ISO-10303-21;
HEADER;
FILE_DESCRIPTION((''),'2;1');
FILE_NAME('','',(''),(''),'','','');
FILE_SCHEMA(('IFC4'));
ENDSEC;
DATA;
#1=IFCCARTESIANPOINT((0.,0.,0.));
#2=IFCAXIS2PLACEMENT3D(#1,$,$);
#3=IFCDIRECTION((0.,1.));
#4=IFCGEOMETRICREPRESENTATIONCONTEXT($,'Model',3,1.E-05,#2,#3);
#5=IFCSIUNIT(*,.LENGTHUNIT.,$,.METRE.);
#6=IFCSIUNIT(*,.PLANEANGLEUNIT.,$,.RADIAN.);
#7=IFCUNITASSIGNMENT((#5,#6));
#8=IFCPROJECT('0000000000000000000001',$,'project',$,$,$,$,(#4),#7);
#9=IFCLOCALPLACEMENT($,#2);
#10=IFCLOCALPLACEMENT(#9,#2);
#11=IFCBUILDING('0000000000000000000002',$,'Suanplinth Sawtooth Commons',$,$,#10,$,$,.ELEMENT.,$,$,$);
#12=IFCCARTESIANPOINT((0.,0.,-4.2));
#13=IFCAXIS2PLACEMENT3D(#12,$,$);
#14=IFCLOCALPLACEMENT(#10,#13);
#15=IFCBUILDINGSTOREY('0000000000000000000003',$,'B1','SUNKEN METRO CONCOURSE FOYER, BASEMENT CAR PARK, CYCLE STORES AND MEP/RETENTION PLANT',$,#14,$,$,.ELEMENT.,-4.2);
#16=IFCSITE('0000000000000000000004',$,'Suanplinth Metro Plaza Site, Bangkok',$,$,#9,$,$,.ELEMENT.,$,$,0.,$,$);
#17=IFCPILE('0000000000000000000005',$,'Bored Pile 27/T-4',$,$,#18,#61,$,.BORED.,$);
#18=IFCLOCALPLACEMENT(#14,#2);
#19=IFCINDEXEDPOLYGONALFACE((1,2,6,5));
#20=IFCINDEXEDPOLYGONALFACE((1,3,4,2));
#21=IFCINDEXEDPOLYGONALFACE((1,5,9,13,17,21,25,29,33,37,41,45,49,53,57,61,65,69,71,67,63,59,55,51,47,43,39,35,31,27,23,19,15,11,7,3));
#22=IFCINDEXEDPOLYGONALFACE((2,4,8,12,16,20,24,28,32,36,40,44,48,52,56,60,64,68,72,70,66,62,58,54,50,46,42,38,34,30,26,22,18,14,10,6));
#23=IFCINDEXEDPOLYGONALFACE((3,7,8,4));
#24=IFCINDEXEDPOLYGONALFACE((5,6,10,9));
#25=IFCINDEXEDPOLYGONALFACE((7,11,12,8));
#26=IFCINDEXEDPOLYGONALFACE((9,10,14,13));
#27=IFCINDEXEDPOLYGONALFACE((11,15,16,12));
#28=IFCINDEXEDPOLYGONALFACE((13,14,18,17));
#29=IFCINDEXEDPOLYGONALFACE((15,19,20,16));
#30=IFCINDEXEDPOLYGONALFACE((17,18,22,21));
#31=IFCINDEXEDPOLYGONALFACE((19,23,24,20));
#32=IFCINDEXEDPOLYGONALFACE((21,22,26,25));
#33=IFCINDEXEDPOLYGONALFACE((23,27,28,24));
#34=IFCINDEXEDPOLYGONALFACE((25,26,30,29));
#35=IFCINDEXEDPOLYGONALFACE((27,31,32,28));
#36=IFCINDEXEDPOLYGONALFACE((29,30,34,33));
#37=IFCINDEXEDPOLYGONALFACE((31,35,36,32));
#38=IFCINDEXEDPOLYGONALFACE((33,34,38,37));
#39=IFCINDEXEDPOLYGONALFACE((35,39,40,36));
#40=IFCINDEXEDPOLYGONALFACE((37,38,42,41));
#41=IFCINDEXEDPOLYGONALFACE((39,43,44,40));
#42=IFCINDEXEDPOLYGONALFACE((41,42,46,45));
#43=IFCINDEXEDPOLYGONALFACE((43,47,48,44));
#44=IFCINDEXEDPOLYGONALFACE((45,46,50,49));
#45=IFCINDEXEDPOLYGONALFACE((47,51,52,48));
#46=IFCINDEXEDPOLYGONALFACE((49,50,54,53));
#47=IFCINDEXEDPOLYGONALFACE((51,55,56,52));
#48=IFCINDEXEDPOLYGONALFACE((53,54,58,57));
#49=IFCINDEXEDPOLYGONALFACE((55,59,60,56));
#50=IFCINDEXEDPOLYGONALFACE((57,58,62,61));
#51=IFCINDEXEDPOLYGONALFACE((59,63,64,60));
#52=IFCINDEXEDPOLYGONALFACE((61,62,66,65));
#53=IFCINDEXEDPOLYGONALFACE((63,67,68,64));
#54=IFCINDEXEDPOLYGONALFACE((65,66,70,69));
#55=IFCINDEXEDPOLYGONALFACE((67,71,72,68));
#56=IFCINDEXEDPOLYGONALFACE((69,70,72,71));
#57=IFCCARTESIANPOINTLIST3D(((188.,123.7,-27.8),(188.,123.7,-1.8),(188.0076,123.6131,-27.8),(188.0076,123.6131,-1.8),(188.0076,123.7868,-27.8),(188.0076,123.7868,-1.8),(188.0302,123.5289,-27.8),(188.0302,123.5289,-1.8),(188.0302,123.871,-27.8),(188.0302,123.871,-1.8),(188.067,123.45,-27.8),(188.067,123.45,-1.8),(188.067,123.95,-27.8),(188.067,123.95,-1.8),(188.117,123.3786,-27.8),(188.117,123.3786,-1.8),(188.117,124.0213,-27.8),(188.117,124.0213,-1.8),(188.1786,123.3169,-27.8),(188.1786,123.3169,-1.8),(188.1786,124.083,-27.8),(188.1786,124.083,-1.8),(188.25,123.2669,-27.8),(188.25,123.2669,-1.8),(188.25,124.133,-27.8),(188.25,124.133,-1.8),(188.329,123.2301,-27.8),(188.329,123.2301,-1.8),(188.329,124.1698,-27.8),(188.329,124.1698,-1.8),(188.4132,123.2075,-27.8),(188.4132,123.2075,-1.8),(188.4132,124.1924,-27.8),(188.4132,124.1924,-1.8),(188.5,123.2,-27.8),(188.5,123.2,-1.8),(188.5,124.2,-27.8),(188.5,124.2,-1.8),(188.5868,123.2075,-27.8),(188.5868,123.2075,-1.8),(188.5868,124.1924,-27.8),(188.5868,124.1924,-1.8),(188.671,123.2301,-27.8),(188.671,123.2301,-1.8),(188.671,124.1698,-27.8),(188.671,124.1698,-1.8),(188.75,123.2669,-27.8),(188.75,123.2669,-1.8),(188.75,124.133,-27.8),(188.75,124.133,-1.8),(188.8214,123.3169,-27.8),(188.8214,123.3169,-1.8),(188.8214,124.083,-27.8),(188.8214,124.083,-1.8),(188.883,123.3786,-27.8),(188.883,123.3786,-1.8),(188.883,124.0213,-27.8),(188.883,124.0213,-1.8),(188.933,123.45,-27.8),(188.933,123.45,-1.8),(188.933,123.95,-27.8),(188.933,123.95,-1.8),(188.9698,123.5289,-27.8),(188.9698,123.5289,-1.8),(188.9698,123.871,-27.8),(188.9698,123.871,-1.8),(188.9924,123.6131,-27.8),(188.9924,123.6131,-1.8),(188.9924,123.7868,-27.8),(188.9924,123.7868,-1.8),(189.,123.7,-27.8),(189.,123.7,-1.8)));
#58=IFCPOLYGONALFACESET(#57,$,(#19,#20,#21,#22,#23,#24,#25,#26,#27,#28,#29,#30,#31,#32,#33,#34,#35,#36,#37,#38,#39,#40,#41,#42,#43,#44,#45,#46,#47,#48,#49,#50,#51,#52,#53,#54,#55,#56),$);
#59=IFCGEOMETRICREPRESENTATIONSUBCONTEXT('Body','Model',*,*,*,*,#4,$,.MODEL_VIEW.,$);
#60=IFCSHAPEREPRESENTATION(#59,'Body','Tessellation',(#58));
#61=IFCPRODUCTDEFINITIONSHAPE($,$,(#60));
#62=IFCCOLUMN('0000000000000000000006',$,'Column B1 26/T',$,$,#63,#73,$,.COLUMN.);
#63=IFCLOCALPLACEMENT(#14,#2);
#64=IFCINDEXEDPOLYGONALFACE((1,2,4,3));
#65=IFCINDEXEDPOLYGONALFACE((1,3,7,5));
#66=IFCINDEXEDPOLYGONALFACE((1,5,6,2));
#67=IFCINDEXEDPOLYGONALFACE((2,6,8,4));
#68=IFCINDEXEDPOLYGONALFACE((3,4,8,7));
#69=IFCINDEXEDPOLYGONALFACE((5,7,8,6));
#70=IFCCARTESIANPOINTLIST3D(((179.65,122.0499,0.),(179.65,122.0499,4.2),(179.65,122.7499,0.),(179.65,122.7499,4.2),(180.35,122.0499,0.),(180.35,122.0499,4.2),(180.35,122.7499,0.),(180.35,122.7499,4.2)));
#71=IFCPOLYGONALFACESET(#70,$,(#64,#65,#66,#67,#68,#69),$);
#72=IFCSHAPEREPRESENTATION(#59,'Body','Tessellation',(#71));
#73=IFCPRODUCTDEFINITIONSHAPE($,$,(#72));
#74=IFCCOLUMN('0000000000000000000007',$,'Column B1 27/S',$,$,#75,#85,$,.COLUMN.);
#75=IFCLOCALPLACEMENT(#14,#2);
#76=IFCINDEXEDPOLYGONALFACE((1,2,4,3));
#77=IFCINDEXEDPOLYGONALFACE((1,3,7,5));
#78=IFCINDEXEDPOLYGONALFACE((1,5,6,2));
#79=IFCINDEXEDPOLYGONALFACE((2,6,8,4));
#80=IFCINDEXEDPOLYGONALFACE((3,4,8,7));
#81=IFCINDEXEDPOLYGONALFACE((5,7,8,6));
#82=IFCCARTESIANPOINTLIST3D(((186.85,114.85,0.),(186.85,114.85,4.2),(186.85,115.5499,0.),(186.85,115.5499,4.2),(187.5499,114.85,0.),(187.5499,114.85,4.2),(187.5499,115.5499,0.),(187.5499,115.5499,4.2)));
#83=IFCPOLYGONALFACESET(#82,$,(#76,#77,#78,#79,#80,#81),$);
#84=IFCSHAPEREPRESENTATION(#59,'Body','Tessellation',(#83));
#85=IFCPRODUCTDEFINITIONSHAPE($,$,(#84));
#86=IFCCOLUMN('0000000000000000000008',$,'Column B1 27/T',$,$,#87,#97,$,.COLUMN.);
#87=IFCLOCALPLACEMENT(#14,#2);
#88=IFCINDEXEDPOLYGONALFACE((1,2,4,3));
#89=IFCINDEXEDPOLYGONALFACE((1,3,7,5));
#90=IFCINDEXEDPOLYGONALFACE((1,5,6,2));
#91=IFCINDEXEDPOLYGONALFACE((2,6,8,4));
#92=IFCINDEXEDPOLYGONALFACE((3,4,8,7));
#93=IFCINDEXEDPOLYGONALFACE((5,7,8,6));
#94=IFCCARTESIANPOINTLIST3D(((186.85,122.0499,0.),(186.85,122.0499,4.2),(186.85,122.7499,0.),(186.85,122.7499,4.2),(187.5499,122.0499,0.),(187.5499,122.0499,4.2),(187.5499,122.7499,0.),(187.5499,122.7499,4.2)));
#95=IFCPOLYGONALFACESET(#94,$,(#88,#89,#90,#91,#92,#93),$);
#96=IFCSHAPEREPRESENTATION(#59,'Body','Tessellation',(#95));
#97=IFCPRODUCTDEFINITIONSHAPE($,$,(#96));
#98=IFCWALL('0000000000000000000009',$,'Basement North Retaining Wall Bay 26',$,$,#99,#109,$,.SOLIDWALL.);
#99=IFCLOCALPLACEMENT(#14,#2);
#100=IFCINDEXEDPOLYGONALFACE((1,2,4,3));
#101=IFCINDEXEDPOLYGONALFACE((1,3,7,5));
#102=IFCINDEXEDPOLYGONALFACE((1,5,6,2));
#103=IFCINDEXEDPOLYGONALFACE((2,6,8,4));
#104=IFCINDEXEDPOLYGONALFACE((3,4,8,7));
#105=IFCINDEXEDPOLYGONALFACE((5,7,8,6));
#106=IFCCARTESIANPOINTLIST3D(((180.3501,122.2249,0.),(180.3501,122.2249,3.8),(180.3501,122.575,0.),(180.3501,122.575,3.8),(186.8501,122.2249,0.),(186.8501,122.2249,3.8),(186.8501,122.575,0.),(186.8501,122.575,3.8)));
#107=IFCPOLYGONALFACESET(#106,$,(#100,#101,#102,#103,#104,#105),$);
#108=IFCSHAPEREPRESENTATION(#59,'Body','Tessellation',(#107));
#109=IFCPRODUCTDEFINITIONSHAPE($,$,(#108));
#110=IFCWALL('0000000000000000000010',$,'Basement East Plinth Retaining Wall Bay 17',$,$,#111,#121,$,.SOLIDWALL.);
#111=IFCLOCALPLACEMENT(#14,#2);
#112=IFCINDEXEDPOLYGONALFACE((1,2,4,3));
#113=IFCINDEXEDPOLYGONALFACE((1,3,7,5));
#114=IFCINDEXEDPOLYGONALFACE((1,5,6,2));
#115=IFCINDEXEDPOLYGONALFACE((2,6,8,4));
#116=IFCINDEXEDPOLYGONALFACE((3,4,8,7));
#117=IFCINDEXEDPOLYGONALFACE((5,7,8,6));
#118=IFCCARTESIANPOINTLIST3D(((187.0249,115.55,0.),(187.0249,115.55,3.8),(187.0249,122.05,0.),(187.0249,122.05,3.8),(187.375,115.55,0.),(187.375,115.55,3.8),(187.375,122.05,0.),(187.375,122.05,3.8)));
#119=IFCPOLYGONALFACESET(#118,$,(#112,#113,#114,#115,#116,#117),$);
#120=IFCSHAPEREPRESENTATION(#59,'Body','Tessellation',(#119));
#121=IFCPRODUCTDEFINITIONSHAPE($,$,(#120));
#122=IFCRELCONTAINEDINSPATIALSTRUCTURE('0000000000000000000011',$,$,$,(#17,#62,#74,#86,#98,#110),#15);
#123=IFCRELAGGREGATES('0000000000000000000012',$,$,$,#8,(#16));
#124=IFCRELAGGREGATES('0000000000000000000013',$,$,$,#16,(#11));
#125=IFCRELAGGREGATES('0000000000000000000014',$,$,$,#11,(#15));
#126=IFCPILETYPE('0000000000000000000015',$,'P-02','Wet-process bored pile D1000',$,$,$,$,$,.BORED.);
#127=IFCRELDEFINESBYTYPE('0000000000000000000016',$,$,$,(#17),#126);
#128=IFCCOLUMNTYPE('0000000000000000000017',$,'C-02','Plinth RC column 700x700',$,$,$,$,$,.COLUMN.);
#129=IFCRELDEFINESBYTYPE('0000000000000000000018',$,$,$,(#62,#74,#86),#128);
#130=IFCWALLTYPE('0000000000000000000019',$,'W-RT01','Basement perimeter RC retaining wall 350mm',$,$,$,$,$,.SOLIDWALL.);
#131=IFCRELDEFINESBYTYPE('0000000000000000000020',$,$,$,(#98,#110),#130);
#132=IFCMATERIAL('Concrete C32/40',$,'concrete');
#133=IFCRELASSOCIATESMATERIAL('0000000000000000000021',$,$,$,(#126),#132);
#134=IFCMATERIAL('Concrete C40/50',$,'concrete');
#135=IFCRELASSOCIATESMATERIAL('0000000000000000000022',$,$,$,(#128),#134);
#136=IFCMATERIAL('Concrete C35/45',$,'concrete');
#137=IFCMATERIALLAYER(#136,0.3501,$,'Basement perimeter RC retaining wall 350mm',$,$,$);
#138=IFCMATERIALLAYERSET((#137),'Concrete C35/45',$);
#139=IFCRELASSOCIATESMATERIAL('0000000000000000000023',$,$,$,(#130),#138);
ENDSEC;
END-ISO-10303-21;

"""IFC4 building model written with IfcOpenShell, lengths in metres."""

from ifc_helpers import new_model, si_unit, direction, frame, frame_2d, origin, origin_2d, place, context, subcontext, project, spatial, rectangle, circle, extrude, material, layer, layer_set, material_profile, profile_set, type_object, element, save


model = new_model("IFC4")

# Units and contexts
model_context = context("Model", 3, precision=1e-05, world=origin(), true_north=direction((0.0, 1.0)))
body_context = subcontext(model_context, "Body", "Model", "MODEL_VIEW")
ifc_project = project(units=[si_unit("LENGTHUNIT", "METRE"), si_unit("PLANEANGLEUNIT", "RADIAN")], contexts=[model_context])

# Site, building, storey
site_placement = place(None, origin())
site = spatial("IfcSite", under=ifc_project, at=site_placement, Name="Suanplinth Metro Plaza Site, Bangkok", CompositionType="ELEMENT", RefElevation=0.0)
building_placement = place(site_placement, origin())
building = spatial("IfcBuilding", under=site, at=building_placement, Name="Suanplinth Sawtooth Commons", CompositionType="ELEMENT")
storey_placement = place(building_placement, frame((0.0, 0.0, -4.2)))
storey = spatial("IfcBuildingStorey", under=building, at=storey_placement, Name="B1", Description="SUNKEN METRO CONCOURSE FOYER, BASEMENT CAR PARK, CYCLE STORES AND MEP/RETENTION PLANT", CompositionType="ELEMENT", Elevation=-4.2)

# Shared definitions
ifc_material_1 = material(Name="Concrete C35/45", Category="concrete")

# Pile
ifc_material_2 = material(Name="Concrete C32/40", Category="concrete")
ifc_material_profile_1 = material_profile(ifc_material_2, circle(Radius=0.5, at=origin_2d()), Name="PILE D1000")
ifc_profile_set_1 = profile_set([ifc_material_profile_1], Name="Concrete C32/40")
pile_type = type_object("IfcPileType", Name="P-02", Description="Wet-process bored pile D1000", PredefinedType="BORED", material=ifc_profile_set_1)
for number, where, z_axis, x_axis, name in (
    (1, (188.5, 123.7, -1.8), (0.0, 0.0, -1.0), (1.0, 0.0, 0.0), "Bored Pile 27/T-4"),
):
    element("IfcPile", number, at=place(storey_placement, frame(where, z_axis=z_axis, x_axis=x_axis)), inside=storey, type_object=pile_type, Name=name, PredefinedType="BORED", context=body_context, shape_type="SweptSolid", body=[
        extrude(circle(Radius=0.5, at=origin_2d()), origin(), (0.0, 0.0, 1.0), 26.0),
    ])

# Columns
ifc_material_3 = material(Name="Concrete C40/50", Category="concrete")
ifc_material_profile_2 = material_profile(ifc_material_3, rectangle(XDim=0.7, YDim=0.7, at=origin_2d()), Name="RC-COL 700x700")
ifc_profile_set_2 = profile_set([ifc_material_profile_2], Name="Concrete C40/50")
column_type = type_object("IfcColumnType", Name="C-02", Description="Plinth RC column 700x700", PredefinedType="COLUMN", material=ifc_profile_set_2)
for number, where, z_axis, x_axis, name in (
    (2, (180.0, 122.3999, 0.0), (0.0, 0.0, 1.0), (1.0, 0.0, 0.0), "Column B1 26/T"),
    (3, (187.2, 115.2, 0.0), (0.0, 0.0, 1.0), (1.0, 0.0, 0.0), "Column B1 27/S"),
    (4, (187.2, 122.3999, 0.0), (0.0, 0.0, 1.0), (1.0, 0.0, 0.0), "Column B1 27/T"),
):
    element("IfcColumn", number, at=place(storey_placement, frame(where, z_axis=z_axis, x_axis=x_axis)), inside=storey, type_object=column_type, Name=name, PredefinedType="COLUMN", context=body_context, shape_type="SweptSolid", body=[
        extrude(rectangle(XDim=0.7, YDim=0.7, at=origin_2d()), origin(), (0.0, 0.0, 1.0), 4.2),
    ])

# Walls
ifc_layer = layer(ifc_material_1, 0.3501, Name="Basement perimeter RC retaining wall 350mm")
ifc_layer_set = layer_set([ifc_layer], Name="Concrete C35/45")
wall_type = type_object("IfcWallType", Name="W-RT01", Description="Basement perimeter RC retaining wall 350mm", PredefinedType="SOLIDWALL", material=ifc_layer_set)
for number, where, z_axis, x_axis, name in (
    (5, (180.3501, 122.3999, 0.0), (0.0, 0.0, 1.0), (1.0, 0.0, 0.0), "Basement North Retaining Wall Bay 26"),
    (6, (187.2, 115.55, 0.0), (0.0, 0.0, 1.0), (0.0, 1.0, 0.0), "Basement East Plinth Retaining Wall Bay 17"),
):
    element("IfcWall", number, at=place(storey_placement, frame(where, z_axis=z_axis, x_axis=x_axis)), inside=storey, type_object=wall_type, Name=name, PredefinedType="SOLIDWALL", context=body_context, shape_type="SweptSolid", body=[
        extrude(rectangle(XDim=6.5, YDim=0.3501, at=frame_2d((3.25, 0.0))), origin(), (0.0, 0.0, 1.0), 3.8),
    ])

save(model, "model.ifc")
